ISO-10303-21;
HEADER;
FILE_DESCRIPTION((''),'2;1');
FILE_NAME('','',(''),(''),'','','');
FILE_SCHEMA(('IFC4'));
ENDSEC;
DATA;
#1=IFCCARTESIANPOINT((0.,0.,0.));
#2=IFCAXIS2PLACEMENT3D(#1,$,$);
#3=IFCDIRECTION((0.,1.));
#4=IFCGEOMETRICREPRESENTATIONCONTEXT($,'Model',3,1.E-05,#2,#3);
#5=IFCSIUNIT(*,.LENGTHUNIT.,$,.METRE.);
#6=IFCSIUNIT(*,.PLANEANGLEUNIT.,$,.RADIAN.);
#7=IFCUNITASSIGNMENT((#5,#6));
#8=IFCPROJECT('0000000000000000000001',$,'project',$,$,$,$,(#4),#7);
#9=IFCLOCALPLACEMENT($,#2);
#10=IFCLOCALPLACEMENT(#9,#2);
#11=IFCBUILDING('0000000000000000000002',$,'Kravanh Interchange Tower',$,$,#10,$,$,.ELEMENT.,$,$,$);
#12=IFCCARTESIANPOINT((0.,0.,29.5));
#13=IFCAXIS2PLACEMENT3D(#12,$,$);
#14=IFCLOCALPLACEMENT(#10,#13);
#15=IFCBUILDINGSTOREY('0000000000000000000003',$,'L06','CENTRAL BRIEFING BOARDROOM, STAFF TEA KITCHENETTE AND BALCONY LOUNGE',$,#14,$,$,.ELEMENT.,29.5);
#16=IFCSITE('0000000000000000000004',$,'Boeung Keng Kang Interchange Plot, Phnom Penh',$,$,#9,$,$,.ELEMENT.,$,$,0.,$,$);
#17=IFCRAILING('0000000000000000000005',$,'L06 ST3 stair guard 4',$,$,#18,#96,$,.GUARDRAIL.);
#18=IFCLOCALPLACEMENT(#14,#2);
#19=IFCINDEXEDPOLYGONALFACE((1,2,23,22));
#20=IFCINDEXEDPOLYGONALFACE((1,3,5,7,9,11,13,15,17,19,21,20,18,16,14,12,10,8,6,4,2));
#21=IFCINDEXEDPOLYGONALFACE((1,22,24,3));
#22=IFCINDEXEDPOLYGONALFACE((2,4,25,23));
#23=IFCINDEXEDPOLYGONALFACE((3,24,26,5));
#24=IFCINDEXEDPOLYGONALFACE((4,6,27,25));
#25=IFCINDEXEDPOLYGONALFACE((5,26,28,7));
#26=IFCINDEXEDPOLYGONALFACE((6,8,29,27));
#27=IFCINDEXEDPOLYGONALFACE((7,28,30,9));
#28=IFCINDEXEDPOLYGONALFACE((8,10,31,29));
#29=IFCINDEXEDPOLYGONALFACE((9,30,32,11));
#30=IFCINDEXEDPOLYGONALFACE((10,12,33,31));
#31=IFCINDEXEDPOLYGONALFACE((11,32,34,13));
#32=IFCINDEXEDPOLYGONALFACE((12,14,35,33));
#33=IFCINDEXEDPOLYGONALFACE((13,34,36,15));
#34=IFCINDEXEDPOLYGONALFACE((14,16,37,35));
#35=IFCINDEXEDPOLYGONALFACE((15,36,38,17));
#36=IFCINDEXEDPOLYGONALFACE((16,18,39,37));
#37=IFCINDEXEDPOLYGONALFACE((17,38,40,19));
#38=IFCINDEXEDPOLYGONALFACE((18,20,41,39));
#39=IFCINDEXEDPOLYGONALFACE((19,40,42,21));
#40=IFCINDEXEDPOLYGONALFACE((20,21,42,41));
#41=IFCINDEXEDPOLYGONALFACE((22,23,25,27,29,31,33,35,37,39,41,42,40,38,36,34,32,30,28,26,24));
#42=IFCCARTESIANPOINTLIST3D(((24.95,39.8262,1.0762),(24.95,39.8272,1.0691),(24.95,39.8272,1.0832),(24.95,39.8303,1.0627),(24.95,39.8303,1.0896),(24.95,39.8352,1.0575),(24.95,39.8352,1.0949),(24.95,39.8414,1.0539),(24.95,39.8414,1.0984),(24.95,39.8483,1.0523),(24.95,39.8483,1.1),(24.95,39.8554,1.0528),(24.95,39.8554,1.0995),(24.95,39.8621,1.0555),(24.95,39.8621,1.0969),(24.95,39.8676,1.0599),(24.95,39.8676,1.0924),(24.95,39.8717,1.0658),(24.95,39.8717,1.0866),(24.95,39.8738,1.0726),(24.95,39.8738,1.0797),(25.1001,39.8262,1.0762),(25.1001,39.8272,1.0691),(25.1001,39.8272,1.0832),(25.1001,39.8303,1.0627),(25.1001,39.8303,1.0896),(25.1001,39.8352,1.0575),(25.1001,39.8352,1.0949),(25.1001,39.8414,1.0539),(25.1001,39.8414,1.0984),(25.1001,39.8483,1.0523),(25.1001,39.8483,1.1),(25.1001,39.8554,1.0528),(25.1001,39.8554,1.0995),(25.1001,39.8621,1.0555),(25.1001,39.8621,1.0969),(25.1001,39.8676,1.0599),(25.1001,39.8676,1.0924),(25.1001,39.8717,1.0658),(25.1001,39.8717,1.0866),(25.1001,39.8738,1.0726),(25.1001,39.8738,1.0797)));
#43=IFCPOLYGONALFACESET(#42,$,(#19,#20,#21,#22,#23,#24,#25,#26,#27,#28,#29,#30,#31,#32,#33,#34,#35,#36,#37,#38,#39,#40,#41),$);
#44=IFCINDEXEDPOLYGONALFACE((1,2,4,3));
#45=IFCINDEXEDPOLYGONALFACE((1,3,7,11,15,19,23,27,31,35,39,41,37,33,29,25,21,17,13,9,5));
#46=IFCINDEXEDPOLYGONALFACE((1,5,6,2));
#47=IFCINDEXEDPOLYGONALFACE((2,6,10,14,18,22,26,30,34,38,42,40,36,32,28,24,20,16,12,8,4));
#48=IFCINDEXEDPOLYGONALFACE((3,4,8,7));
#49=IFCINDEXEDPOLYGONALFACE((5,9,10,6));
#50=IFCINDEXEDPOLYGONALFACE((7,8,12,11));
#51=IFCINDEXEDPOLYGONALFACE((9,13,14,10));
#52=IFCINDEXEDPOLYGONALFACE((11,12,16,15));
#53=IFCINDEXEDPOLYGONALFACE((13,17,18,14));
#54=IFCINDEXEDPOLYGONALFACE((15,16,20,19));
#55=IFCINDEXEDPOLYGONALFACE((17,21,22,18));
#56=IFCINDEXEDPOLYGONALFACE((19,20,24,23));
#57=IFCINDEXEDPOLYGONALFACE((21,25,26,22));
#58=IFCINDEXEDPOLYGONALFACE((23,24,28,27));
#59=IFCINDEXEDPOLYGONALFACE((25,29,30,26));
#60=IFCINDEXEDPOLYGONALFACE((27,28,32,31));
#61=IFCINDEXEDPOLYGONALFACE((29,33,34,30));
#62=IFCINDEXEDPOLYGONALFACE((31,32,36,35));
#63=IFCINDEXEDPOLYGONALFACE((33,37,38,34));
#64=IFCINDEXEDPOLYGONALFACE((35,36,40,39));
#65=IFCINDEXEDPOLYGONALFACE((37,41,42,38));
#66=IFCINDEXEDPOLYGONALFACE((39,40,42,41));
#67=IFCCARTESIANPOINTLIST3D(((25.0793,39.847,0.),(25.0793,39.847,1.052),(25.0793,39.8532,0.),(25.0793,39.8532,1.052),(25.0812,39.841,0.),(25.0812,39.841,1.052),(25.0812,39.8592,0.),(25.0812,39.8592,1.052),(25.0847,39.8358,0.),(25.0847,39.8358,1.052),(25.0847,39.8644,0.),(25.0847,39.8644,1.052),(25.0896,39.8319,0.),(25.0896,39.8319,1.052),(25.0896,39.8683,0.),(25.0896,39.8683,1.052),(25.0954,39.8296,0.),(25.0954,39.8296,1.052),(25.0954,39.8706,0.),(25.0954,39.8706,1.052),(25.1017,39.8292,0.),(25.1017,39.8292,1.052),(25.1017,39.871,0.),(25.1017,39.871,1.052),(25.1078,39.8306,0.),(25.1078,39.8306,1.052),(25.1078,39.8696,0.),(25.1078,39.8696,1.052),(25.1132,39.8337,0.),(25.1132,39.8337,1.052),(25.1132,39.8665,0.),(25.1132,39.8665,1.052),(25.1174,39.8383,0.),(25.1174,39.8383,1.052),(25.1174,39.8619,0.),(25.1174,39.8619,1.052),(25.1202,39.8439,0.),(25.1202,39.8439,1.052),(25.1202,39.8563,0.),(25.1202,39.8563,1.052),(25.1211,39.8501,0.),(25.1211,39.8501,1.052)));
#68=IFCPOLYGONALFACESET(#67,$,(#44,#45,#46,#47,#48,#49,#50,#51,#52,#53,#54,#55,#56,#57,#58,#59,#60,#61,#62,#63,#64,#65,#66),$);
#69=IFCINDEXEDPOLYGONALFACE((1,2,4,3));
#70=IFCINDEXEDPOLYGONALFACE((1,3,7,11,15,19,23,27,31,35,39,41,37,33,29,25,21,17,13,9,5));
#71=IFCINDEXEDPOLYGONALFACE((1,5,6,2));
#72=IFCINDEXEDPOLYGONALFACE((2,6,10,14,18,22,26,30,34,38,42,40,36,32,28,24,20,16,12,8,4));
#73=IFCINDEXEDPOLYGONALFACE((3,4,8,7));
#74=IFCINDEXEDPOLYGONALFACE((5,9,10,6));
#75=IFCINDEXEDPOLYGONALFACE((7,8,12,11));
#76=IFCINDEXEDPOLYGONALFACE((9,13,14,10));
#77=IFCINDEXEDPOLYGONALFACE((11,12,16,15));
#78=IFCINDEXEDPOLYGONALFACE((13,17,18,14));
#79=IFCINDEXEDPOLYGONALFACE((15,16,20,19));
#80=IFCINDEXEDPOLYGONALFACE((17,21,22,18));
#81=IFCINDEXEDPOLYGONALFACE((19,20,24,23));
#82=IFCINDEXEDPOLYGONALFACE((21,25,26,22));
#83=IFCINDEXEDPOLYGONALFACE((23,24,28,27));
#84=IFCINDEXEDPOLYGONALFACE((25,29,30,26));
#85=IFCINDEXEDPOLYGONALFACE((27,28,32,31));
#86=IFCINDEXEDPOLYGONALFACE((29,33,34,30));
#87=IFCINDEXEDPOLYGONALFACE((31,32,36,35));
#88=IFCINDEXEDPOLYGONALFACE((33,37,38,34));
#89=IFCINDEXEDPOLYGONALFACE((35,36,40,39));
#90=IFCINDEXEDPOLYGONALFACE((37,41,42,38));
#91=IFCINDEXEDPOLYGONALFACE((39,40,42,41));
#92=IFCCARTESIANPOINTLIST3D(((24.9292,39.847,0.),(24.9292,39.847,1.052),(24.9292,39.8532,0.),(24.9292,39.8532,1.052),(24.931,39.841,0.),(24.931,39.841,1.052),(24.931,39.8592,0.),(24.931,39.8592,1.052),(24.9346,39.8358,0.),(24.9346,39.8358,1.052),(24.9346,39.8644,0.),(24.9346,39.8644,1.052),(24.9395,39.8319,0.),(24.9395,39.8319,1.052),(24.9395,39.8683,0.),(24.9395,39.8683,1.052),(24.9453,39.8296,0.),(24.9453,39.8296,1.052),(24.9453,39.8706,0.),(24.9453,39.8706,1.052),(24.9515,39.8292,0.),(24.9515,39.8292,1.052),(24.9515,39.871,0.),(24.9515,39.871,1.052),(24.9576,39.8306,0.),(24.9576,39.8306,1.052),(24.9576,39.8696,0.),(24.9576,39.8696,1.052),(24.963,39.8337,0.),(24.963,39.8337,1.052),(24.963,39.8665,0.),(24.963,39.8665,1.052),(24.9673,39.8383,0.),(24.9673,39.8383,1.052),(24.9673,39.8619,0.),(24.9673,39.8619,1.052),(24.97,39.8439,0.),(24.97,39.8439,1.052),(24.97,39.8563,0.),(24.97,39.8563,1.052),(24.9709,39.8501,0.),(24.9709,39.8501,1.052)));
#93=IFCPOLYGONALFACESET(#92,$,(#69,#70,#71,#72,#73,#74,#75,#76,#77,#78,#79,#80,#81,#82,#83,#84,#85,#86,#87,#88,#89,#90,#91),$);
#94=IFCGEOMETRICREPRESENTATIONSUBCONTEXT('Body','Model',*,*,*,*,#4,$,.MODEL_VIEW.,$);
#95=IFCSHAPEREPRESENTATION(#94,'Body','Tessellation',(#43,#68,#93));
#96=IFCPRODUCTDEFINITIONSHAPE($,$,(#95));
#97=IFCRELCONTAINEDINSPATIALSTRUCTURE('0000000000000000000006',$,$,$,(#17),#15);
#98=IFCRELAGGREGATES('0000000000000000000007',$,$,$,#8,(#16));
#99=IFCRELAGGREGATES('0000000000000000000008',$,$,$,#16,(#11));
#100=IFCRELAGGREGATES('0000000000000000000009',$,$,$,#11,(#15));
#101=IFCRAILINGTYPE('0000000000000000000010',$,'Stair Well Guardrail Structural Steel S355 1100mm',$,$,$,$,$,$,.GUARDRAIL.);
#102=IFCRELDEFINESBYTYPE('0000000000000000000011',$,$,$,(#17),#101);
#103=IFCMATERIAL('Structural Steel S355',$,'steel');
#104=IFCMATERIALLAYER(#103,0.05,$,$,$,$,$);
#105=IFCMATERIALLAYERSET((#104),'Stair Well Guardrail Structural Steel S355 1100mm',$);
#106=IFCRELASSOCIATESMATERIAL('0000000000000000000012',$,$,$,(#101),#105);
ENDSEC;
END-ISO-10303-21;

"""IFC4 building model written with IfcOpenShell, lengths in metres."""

from ifc_helpers import new_model, si_unit, direction, frame, origin, origin_2d, place, context, subcontext, project, spatial, circle, extrude, material, layer, layer_set, type_object, element, save


model = new_model("IFC4")

# Units and contexts
model_context = context("Model", 3, precision=1e-05, world=origin(), true_north=direction((0.0, 1.0)))
body_context = subcontext(model_context, "Body", "Model", "MODEL_VIEW")
ifc_project = project(units=[si_unit("LENGTHUNIT", "METRE"), si_unit("PLANEANGLEUNIT", "RADIAN")], contexts=[model_context])

# Site, building, storey
site_placement = place(None, origin())
site = spatial("IfcSite", under=ifc_project, at=site_placement, Name="Boeung Keng Kang Interchange Plot, Phnom Penh", CompositionType="ELEMENT", RefElevation=0.0)
building_placement = place(site_placement, origin())
building = spatial("IfcBuilding", under=site, at=building_placement, Name="Kravanh Interchange Tower", CompositionType="ELEMENT")
storey_placement = place(building_placement, frame((0.0, 0.0, 29.5)))
storey = spatial("IfcBuildingStorey", under=building, at=storey_placement, Name="L06", Description="CENTRAL BRIEFING BOARDROOM, STAFF TEA KITCHENETTE AND BALCONY LOUNGE", CompositionType="ELEMENT", Elevation=29.5)

# Railing
ifc_material_1 = material(Name="Structural Steel S355", Category="steel")
ifc_layer_1 = layer(ifc_material_1, 0.05)
ifc_layer_set_1 = layer_set([ifc_layer_1], Name="Stair Well Guardrail Structural Steel S355 1100mm")
railing_type_1 = type_object("IfcRailingType", Name="Stair Well Guardrail Structural Steel S355 1100mm", PredefinedType="GUARDRAIL", material=ifc_layer_set_1)
railing_1_placement = place(storey_placement, frame((25.1001, 39.8501, 0.0)))
element("IfcRailing", 1, at=railing_1_placement, inside=storey, type_object=railing_type_1, Name="L06 ST3 stair guard 4", PredefinedType="GUARDRAIL", context=body_context, shape_type="SweptSolid", body=[
    extrude(circle(Radius=0.0239, at=origin_2d()), frame((0.0, 0.0, 1.0762), z_axis=(-1.0, 0.0, 0.0), x_axis=(0.0, -1.0, 0.0)), (0.0, 0.0, 1.0), 0.1501),
    extrude(circle(Radius=0.021, at=origin_2d()), origin(), (0.0, 0.0, 1.0), 1.052),
    extrude(circle(Radius=0.021, at=origin_2d()), frame((-0.1501, 0.0, 0.0)), (0.0, 0.0, 1.0), 1.052),
])

save(model, "model.ifc")
